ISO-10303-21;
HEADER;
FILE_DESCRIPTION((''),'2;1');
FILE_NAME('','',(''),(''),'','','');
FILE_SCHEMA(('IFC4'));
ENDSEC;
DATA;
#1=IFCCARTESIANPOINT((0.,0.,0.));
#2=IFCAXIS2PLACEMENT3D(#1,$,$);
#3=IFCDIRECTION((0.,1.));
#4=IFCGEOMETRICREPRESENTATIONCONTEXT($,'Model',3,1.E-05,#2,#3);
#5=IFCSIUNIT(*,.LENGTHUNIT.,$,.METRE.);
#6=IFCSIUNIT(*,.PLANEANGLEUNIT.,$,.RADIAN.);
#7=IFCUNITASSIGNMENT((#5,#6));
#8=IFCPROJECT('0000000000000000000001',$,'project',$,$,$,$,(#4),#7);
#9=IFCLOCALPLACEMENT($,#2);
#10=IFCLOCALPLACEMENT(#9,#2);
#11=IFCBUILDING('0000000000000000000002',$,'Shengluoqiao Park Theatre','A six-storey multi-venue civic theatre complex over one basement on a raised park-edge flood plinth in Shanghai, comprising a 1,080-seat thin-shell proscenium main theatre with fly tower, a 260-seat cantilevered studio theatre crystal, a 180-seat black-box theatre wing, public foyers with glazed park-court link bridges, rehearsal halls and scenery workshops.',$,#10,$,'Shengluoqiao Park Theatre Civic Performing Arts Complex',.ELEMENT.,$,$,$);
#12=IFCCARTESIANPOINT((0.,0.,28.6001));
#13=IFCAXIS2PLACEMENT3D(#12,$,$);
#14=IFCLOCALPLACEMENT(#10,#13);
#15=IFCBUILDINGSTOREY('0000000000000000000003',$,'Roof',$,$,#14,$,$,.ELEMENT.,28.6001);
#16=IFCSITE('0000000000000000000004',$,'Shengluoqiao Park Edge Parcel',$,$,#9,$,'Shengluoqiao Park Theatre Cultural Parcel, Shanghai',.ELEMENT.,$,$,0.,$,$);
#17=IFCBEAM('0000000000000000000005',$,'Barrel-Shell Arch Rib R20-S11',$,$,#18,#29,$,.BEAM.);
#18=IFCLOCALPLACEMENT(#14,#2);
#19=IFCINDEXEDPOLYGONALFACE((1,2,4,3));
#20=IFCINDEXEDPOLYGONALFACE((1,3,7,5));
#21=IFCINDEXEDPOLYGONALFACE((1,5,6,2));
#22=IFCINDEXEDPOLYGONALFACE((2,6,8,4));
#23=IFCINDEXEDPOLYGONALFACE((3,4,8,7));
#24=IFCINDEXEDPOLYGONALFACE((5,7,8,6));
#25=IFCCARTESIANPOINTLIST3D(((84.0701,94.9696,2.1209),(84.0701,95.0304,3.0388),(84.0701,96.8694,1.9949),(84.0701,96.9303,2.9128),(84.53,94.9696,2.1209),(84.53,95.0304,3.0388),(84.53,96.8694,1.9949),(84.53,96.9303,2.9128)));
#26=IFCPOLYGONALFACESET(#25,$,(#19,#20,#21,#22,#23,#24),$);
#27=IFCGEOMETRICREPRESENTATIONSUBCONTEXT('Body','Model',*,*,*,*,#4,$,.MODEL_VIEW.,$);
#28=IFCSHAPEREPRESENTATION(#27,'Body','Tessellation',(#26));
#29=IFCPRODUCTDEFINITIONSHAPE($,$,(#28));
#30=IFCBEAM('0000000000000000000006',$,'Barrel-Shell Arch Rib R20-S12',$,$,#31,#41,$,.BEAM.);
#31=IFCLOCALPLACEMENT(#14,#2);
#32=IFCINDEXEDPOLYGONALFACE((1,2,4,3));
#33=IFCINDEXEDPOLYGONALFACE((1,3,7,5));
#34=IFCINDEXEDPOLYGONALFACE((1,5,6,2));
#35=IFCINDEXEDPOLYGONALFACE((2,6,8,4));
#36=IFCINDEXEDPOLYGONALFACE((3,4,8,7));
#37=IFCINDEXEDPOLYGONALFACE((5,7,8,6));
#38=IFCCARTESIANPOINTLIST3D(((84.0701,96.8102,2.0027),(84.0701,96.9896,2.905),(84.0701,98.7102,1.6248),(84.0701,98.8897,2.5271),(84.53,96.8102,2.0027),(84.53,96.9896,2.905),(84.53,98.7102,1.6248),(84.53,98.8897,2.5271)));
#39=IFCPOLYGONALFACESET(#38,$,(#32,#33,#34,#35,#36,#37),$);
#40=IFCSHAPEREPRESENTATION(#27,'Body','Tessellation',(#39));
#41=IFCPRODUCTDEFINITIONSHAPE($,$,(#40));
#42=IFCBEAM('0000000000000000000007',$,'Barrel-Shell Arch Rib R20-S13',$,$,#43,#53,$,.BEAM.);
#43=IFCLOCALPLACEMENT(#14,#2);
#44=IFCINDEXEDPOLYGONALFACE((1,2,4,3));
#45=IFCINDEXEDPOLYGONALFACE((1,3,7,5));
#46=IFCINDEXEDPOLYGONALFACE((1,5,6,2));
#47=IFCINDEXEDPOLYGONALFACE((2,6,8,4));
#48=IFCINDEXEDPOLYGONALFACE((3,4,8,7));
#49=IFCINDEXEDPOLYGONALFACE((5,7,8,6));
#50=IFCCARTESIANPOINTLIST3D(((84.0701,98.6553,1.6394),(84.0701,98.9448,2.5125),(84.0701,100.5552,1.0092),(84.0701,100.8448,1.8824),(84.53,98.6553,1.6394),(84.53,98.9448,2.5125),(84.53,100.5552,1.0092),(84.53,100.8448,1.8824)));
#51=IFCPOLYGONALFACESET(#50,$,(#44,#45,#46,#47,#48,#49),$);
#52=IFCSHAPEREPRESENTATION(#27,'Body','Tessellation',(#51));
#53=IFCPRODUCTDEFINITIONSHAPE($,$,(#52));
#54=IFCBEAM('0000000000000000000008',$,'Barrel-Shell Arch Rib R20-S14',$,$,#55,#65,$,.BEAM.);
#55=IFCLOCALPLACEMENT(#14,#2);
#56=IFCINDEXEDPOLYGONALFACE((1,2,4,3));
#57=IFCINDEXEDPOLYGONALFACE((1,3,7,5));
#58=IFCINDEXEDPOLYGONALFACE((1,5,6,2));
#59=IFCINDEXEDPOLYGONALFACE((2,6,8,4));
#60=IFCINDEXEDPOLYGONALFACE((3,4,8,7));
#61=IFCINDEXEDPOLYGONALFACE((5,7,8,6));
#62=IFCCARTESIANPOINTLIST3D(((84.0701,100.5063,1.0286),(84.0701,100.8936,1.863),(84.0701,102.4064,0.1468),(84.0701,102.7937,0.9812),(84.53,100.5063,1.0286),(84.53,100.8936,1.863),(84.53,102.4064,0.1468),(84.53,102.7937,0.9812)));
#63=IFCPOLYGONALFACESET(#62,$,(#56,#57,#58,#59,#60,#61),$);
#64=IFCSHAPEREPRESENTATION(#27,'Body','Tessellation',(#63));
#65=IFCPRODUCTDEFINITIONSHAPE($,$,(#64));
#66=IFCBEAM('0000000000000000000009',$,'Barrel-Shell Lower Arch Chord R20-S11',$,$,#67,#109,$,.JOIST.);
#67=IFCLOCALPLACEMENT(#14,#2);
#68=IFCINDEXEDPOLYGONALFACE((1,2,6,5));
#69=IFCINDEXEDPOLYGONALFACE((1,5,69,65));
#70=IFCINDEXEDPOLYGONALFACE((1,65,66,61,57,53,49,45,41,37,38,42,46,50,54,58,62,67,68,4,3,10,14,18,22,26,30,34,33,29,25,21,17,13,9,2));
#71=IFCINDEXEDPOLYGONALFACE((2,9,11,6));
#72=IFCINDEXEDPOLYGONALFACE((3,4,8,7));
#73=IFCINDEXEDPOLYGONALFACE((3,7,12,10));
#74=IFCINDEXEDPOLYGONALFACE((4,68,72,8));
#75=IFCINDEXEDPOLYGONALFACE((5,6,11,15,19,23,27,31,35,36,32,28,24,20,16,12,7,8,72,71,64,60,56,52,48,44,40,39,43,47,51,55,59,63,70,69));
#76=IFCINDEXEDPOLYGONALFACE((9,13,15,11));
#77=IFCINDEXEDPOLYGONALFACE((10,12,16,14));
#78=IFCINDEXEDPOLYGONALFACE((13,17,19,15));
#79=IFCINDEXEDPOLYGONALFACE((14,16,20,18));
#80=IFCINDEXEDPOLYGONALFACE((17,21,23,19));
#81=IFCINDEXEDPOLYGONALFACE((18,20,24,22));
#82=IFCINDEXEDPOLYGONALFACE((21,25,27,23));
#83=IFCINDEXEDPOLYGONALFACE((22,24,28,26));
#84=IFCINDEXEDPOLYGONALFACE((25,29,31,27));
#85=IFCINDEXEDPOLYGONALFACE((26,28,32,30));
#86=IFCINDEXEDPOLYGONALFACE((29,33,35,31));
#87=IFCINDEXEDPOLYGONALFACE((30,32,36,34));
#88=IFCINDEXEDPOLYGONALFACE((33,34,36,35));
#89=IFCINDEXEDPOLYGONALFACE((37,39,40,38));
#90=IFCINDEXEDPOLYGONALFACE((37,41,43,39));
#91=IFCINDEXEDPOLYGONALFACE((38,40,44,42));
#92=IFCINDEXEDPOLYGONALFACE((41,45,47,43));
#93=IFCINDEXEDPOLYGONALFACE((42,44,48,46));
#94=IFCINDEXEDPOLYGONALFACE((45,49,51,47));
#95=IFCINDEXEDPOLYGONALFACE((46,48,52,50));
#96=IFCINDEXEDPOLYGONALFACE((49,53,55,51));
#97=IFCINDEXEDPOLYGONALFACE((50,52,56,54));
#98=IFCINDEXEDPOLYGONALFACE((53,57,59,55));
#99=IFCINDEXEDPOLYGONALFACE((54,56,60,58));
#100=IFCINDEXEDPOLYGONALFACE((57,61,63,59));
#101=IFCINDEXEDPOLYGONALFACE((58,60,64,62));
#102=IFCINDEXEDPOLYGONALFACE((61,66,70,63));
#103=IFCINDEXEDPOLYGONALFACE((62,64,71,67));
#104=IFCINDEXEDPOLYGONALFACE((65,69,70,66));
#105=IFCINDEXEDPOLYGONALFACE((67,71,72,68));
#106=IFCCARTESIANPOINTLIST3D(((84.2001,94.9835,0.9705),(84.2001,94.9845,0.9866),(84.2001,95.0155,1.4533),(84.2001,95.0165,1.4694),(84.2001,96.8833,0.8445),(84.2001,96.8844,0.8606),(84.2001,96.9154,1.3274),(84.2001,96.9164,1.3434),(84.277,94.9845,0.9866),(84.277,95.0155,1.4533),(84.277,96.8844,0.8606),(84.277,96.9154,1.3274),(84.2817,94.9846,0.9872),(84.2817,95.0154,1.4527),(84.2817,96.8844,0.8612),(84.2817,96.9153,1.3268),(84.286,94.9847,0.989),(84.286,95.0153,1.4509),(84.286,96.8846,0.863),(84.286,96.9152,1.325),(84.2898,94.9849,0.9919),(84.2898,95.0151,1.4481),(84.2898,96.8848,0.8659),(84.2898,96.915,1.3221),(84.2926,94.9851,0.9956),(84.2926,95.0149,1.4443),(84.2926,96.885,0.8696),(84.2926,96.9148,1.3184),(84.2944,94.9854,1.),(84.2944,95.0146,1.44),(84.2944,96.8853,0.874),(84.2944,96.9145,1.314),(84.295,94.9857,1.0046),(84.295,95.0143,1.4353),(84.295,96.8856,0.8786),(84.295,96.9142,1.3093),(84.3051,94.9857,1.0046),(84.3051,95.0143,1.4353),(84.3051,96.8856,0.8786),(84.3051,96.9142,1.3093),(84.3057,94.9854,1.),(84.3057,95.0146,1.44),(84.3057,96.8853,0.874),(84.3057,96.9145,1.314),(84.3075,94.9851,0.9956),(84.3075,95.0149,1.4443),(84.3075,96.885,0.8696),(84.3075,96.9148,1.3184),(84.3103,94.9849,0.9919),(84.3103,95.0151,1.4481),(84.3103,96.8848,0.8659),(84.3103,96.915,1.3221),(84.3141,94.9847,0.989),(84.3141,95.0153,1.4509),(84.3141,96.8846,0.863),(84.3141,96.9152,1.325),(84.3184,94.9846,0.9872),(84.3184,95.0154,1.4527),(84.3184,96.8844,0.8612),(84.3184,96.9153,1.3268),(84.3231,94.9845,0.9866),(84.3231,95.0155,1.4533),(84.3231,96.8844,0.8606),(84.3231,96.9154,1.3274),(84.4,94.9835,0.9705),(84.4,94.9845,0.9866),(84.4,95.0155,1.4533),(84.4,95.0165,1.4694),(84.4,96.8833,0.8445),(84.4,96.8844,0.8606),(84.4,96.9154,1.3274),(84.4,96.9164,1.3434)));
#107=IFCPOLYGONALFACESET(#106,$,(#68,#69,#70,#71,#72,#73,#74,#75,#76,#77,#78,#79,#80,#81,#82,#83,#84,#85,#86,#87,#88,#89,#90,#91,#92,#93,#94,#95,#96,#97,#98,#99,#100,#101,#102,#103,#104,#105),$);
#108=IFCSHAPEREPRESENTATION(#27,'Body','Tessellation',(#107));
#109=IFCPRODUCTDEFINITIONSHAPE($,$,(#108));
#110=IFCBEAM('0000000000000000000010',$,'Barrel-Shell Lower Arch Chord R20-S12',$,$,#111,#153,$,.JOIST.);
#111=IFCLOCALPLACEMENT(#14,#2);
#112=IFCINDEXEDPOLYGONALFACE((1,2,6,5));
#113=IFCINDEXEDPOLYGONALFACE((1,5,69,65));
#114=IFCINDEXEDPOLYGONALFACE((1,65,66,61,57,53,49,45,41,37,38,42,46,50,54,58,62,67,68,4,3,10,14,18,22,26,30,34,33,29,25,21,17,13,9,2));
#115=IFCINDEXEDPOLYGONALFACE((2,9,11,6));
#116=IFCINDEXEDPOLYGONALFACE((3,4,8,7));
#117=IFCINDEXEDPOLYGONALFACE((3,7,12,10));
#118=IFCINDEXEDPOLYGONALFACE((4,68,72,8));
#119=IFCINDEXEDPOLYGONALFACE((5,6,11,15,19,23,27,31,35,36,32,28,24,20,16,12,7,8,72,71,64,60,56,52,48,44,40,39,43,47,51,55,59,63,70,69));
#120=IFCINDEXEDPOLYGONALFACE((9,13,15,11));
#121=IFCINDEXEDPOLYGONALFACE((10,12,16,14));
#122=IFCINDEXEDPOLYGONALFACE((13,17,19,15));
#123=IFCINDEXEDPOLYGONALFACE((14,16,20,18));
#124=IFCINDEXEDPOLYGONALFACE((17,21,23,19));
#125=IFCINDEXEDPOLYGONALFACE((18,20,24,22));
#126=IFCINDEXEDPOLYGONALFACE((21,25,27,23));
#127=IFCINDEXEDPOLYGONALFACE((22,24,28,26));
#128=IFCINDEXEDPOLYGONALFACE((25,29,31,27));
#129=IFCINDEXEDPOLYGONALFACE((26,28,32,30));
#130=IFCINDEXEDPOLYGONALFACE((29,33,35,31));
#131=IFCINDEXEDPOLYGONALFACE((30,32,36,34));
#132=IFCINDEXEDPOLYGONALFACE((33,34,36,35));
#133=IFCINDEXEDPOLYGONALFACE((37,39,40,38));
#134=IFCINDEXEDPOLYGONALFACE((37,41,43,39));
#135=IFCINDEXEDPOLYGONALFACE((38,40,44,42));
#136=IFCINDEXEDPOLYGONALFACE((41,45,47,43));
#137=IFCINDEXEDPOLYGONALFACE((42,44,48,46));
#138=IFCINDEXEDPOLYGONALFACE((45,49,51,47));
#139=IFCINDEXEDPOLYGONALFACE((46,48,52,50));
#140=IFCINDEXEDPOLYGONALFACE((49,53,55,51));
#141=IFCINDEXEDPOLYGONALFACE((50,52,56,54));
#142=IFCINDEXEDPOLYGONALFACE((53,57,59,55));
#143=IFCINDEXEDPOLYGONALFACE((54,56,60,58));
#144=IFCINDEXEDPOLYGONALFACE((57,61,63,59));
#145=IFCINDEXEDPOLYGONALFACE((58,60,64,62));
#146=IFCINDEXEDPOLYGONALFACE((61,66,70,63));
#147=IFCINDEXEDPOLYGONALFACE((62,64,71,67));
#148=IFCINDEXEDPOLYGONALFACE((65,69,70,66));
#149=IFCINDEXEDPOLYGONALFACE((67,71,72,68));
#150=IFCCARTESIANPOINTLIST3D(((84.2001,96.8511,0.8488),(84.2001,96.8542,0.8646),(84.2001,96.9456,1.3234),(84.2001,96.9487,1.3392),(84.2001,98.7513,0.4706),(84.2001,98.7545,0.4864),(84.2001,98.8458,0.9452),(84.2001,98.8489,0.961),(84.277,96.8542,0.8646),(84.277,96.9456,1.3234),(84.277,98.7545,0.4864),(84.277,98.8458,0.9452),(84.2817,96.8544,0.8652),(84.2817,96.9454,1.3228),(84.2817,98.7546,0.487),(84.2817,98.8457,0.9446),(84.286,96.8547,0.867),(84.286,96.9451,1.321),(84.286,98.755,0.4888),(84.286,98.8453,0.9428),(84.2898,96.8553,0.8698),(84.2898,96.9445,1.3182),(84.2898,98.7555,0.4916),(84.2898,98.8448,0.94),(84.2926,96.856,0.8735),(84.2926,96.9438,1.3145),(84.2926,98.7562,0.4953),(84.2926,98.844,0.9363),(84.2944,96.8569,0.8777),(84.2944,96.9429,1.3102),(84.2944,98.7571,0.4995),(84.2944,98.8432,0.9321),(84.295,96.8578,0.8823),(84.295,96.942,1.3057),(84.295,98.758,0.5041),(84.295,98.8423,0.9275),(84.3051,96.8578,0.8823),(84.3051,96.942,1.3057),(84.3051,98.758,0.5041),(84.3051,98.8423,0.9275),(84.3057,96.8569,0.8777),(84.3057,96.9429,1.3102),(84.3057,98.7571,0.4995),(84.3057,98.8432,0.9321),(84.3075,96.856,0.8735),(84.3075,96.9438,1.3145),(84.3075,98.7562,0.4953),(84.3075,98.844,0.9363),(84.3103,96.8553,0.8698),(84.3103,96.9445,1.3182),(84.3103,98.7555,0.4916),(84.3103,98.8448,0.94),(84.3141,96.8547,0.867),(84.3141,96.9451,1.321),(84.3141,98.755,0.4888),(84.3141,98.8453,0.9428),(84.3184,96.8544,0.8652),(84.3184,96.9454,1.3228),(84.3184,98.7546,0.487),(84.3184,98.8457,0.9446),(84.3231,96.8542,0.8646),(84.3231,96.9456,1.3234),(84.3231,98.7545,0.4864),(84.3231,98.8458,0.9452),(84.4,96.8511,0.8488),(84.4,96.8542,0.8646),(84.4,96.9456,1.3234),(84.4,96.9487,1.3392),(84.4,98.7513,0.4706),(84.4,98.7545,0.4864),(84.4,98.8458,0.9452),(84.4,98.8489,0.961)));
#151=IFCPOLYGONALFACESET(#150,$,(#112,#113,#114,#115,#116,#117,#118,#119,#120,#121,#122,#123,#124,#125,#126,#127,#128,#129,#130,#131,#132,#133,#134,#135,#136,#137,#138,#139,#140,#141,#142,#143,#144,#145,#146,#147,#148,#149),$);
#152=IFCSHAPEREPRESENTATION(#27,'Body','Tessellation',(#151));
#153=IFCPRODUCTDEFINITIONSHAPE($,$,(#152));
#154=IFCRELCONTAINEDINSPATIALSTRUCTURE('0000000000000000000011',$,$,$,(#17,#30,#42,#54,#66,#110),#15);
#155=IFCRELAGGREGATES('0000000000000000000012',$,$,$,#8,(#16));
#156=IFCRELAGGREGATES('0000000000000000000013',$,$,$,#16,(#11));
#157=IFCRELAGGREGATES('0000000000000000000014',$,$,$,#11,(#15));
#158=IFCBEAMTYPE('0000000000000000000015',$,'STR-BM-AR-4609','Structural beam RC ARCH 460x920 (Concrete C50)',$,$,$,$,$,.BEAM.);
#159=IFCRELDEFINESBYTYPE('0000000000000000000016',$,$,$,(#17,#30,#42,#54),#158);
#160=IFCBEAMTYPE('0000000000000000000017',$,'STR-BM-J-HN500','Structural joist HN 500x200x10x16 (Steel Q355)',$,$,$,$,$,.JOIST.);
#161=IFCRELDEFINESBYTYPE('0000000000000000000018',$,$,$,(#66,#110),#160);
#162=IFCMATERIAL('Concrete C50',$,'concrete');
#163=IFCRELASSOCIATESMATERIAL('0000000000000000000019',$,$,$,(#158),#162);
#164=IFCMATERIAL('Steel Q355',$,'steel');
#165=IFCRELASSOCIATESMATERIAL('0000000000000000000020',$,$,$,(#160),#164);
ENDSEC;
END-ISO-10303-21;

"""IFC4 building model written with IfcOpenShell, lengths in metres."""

from ifc_helpers import new_model, si_unit, direction, frame, origin, origin_2d, place, context, subcontext, project, spatial, rectangle, i_section, extrude, material, material_profile, profile_set, type_object, element, save


model = new_model("IFC4")

# Units and contexts
model_context = context("Model", 3, precision=1e-05, world=origin(), true_north=direction((0.0, 1.0)))
body_context = subcontext(model_context, "Body", "Model", "MODEL_VIEW")
ifc_project = project(units=[si_unit("LENGTHUNIT", "METRE"), si_unit("PLANEANGLEUNIT", "RADIAN")], contexts=[model_context])

# Site, building, storey
site_placement = place(None, origin())
site = spatial("IfcSite", under=ifc_project, at=site_placement, Name="Shengluoqiao Park Edge Parcel", LongName="Shengluoqiao Park Theatre Cultural Parcel, Shanghai", CompositionType="ELEMENT", RefElevation=0.0)
building_placement = place(site_placement, origin())
building = spatial("IfcBuilding", under=site, at=building_placement, Name="Shengluoqiao Park Theatre", Description="A six-storey multi-venue civic theatre complex over one basement on a raised park-edge flood plinth in Shanghai, comprising a 1,080-seat thin-shell proscenium main theatre with fly tower, a 260-seat cantilevered studio theatre crystal, a 180-seat black-box theatre wing, public foyers with glazed park-court link bridges, rehearsal halls and scenery workshops.", LongName="Shengluoqiao Park Theatre Civic Performing Arts Complex", CompositionType="ELEMENT")
storey_placement = place(building_placement, frame((0.0, 0.0, 28.6001)))
storey = spatial("IfcBuildingStorey", under=building, at=storey_placement, Name="Roof", CompositionType="ELEMENT", Elevation=28.6001)

# Beams
ifc_material_1 = material(Name="Concrete C50", Category="concrete")
ifc_material_profile_1 = material_profile(ifc_material_1, rectangle(XDim=0.46, YDim=0.9199, at=origin_2d()), Name="RC ARCH 460x920")
ifc_profile_set_1 = profile_set([ifc_material_profile_1], Name="Concrete C50")
beam_type_1 = type_object("IfcBeamType", Name="STR-BM-AR-4609", Description="Structural beam RC ARCH 460x920 (Concrete C50)", PredefinedType="BEAM", material=ifc_profile_set_1)
beam_1_placement = place(storey_placement, frame((84.3, 95.0, 2.5798), z_axis=(0.0, 0.997809, -0.066162), x_axis=(-1.0, 0.0, 0.0)))
element("IfcBeam", 1, at=beam_1_placement, inside=storey, type_object=beam_type_1, Name="Barrel-Shell Arch Rib R20-S11", PredefinedType="BEAM", context=body_context, shape_type="SweptSolid", body=[
    extrude(rectangle(XDim=0.46, YDim=0.9199, at=origin_2d()), origin(), (0.0, 0.0, 1.0), 1.9041),
])
beam_2_placement = place(storey_placement, frame((84.3, 96.8999, 2.4539), z_axis=(0.0, 0.980789, -0.195074), x_axis=(-1.0, 0.0, 0.0)))
element("IfcBeam", 2, at=beam_2_placement, inside=storey, type_object=beam_type_1, Name="Barrel-Shell Arch Rib R20-S12", PredefinedType="BEAM", context=body_context, shape_type="SweptSolid", body=[
    extrude(rectangle(XDim=0.46, YDim=0.9199, at=origin_2d()), origin(), (0.0, 0.0, 1.0), 1.9373),
])
beam_3_placement = place(storey_placement, frame((84.3, 98.8, 2.0759), z_axis=(0.0, 0.949158, -0.3148), x_axis=(-1.0, 0.0, 0.0)))
element("IfcBeam", 3, at=beam_3_placement, inside=storey, type_object=beam_type_1, Name="Barrel-Shell Arch Rib R20-S13", PredefinedType="BEAM", context=body_context, shape_type="SweptSolid", body=[
    extrude(rectangle(XDim=0.46, YDim=0.9199, at=origin_2d()), origin(), (0.0, 0.0, 1.0), 2.0017),
])
beam_4_placement = place(storey_placement, frame((84.3, 100.7, 1.4458), z_axis=(0.0, 0.907077, -0.420964), x_axis=(-1.0, 0.0, 0.0)))
element("IfcBeam", 4, at=beam_4_placement, inside=storey, type_object=beam_type_1, Name="Barrel-Shell Arch Rib R20-S14", PredefinedType="BEAM", context=body_context, shape_type="SweptSolid", body=[
    extrude(rectangle(XDim=0.46, YDim=0.9199, at=origin_2d()), origin(), (0.0, 0.0, 1.0), 2.0947),
])
ifc_material_2 = material(Name="Steel Q355", Category="steel")
ifc_material_profile_2 = material_profile(ifc_material_2, i_section(OverallWidth=0.2, OverallDepth=0.5, WebThickness=0.01, FlangeThickness=0.0161, FilletRadius=0.0181, at=origin_2d()), Name="HN 500x200x10x16")
ifc_profile_set_2 = profile_set([ifc_material_profile_2], Name="Steel Q355")
beam_type_2 = type_object("IfcBeamType", Name="STR-BM-J-HN500", Description="Structural joist HN 500x200x10x16 (Steel Q355)", PredefinedType="JOIST", material=ifc_profile_set_2)
beam_5_placement = place(storey_placement, frame((84.3, 95.0, 1.22), z_axis=(0.0, 0.997809, -0.066162), x_axis=(-1.0, 0.0, 0.0)))
element("IfcBeam", 5, at=beam_5_placement, inside=storey, type_object=beam_type_2, Name="Barrel-Shell Lower Arch Chord R20-S11", PredefinedType="JOIST", context=body_context, shape_type="SweptSolid", body=[
    extrude(i_section(OverallWidth=0.2, OverallDepth=0.5, WebThickness=0.01, FlangeThickness=0.0161, FilletRadius=0.0181, at=origin_2d()), origin(), (0.0, 0.0, 1.0), 1.9041),
])
beam_6_placement = place(storey_placement, frame((84.3, 96.8999, 1.094), z_axis=(0.0, 0.980764, -0.195195), x_axis=(-1.0, 0.0, 0.0)))
element("IfcBeam", 6, at=beam_6_placement, inside=storey, type_object=beam_type_2, Name="Barrel-Shell Lower Arch Chord R20-S12", PredefinedType="JOIST", context=body_context, shape_type="SweptSolid", body=[
    extrude(i_section(OverallWidth=0.2, OverallDepth=0.5, WebThickness=0.01, FlangeThickness=0.0161, FilletRadius=0.0181, at=origin_2d()), origin(), (0.0, 0.0, 1.0), 1.9375),
])

save(model, "model.ifc")
